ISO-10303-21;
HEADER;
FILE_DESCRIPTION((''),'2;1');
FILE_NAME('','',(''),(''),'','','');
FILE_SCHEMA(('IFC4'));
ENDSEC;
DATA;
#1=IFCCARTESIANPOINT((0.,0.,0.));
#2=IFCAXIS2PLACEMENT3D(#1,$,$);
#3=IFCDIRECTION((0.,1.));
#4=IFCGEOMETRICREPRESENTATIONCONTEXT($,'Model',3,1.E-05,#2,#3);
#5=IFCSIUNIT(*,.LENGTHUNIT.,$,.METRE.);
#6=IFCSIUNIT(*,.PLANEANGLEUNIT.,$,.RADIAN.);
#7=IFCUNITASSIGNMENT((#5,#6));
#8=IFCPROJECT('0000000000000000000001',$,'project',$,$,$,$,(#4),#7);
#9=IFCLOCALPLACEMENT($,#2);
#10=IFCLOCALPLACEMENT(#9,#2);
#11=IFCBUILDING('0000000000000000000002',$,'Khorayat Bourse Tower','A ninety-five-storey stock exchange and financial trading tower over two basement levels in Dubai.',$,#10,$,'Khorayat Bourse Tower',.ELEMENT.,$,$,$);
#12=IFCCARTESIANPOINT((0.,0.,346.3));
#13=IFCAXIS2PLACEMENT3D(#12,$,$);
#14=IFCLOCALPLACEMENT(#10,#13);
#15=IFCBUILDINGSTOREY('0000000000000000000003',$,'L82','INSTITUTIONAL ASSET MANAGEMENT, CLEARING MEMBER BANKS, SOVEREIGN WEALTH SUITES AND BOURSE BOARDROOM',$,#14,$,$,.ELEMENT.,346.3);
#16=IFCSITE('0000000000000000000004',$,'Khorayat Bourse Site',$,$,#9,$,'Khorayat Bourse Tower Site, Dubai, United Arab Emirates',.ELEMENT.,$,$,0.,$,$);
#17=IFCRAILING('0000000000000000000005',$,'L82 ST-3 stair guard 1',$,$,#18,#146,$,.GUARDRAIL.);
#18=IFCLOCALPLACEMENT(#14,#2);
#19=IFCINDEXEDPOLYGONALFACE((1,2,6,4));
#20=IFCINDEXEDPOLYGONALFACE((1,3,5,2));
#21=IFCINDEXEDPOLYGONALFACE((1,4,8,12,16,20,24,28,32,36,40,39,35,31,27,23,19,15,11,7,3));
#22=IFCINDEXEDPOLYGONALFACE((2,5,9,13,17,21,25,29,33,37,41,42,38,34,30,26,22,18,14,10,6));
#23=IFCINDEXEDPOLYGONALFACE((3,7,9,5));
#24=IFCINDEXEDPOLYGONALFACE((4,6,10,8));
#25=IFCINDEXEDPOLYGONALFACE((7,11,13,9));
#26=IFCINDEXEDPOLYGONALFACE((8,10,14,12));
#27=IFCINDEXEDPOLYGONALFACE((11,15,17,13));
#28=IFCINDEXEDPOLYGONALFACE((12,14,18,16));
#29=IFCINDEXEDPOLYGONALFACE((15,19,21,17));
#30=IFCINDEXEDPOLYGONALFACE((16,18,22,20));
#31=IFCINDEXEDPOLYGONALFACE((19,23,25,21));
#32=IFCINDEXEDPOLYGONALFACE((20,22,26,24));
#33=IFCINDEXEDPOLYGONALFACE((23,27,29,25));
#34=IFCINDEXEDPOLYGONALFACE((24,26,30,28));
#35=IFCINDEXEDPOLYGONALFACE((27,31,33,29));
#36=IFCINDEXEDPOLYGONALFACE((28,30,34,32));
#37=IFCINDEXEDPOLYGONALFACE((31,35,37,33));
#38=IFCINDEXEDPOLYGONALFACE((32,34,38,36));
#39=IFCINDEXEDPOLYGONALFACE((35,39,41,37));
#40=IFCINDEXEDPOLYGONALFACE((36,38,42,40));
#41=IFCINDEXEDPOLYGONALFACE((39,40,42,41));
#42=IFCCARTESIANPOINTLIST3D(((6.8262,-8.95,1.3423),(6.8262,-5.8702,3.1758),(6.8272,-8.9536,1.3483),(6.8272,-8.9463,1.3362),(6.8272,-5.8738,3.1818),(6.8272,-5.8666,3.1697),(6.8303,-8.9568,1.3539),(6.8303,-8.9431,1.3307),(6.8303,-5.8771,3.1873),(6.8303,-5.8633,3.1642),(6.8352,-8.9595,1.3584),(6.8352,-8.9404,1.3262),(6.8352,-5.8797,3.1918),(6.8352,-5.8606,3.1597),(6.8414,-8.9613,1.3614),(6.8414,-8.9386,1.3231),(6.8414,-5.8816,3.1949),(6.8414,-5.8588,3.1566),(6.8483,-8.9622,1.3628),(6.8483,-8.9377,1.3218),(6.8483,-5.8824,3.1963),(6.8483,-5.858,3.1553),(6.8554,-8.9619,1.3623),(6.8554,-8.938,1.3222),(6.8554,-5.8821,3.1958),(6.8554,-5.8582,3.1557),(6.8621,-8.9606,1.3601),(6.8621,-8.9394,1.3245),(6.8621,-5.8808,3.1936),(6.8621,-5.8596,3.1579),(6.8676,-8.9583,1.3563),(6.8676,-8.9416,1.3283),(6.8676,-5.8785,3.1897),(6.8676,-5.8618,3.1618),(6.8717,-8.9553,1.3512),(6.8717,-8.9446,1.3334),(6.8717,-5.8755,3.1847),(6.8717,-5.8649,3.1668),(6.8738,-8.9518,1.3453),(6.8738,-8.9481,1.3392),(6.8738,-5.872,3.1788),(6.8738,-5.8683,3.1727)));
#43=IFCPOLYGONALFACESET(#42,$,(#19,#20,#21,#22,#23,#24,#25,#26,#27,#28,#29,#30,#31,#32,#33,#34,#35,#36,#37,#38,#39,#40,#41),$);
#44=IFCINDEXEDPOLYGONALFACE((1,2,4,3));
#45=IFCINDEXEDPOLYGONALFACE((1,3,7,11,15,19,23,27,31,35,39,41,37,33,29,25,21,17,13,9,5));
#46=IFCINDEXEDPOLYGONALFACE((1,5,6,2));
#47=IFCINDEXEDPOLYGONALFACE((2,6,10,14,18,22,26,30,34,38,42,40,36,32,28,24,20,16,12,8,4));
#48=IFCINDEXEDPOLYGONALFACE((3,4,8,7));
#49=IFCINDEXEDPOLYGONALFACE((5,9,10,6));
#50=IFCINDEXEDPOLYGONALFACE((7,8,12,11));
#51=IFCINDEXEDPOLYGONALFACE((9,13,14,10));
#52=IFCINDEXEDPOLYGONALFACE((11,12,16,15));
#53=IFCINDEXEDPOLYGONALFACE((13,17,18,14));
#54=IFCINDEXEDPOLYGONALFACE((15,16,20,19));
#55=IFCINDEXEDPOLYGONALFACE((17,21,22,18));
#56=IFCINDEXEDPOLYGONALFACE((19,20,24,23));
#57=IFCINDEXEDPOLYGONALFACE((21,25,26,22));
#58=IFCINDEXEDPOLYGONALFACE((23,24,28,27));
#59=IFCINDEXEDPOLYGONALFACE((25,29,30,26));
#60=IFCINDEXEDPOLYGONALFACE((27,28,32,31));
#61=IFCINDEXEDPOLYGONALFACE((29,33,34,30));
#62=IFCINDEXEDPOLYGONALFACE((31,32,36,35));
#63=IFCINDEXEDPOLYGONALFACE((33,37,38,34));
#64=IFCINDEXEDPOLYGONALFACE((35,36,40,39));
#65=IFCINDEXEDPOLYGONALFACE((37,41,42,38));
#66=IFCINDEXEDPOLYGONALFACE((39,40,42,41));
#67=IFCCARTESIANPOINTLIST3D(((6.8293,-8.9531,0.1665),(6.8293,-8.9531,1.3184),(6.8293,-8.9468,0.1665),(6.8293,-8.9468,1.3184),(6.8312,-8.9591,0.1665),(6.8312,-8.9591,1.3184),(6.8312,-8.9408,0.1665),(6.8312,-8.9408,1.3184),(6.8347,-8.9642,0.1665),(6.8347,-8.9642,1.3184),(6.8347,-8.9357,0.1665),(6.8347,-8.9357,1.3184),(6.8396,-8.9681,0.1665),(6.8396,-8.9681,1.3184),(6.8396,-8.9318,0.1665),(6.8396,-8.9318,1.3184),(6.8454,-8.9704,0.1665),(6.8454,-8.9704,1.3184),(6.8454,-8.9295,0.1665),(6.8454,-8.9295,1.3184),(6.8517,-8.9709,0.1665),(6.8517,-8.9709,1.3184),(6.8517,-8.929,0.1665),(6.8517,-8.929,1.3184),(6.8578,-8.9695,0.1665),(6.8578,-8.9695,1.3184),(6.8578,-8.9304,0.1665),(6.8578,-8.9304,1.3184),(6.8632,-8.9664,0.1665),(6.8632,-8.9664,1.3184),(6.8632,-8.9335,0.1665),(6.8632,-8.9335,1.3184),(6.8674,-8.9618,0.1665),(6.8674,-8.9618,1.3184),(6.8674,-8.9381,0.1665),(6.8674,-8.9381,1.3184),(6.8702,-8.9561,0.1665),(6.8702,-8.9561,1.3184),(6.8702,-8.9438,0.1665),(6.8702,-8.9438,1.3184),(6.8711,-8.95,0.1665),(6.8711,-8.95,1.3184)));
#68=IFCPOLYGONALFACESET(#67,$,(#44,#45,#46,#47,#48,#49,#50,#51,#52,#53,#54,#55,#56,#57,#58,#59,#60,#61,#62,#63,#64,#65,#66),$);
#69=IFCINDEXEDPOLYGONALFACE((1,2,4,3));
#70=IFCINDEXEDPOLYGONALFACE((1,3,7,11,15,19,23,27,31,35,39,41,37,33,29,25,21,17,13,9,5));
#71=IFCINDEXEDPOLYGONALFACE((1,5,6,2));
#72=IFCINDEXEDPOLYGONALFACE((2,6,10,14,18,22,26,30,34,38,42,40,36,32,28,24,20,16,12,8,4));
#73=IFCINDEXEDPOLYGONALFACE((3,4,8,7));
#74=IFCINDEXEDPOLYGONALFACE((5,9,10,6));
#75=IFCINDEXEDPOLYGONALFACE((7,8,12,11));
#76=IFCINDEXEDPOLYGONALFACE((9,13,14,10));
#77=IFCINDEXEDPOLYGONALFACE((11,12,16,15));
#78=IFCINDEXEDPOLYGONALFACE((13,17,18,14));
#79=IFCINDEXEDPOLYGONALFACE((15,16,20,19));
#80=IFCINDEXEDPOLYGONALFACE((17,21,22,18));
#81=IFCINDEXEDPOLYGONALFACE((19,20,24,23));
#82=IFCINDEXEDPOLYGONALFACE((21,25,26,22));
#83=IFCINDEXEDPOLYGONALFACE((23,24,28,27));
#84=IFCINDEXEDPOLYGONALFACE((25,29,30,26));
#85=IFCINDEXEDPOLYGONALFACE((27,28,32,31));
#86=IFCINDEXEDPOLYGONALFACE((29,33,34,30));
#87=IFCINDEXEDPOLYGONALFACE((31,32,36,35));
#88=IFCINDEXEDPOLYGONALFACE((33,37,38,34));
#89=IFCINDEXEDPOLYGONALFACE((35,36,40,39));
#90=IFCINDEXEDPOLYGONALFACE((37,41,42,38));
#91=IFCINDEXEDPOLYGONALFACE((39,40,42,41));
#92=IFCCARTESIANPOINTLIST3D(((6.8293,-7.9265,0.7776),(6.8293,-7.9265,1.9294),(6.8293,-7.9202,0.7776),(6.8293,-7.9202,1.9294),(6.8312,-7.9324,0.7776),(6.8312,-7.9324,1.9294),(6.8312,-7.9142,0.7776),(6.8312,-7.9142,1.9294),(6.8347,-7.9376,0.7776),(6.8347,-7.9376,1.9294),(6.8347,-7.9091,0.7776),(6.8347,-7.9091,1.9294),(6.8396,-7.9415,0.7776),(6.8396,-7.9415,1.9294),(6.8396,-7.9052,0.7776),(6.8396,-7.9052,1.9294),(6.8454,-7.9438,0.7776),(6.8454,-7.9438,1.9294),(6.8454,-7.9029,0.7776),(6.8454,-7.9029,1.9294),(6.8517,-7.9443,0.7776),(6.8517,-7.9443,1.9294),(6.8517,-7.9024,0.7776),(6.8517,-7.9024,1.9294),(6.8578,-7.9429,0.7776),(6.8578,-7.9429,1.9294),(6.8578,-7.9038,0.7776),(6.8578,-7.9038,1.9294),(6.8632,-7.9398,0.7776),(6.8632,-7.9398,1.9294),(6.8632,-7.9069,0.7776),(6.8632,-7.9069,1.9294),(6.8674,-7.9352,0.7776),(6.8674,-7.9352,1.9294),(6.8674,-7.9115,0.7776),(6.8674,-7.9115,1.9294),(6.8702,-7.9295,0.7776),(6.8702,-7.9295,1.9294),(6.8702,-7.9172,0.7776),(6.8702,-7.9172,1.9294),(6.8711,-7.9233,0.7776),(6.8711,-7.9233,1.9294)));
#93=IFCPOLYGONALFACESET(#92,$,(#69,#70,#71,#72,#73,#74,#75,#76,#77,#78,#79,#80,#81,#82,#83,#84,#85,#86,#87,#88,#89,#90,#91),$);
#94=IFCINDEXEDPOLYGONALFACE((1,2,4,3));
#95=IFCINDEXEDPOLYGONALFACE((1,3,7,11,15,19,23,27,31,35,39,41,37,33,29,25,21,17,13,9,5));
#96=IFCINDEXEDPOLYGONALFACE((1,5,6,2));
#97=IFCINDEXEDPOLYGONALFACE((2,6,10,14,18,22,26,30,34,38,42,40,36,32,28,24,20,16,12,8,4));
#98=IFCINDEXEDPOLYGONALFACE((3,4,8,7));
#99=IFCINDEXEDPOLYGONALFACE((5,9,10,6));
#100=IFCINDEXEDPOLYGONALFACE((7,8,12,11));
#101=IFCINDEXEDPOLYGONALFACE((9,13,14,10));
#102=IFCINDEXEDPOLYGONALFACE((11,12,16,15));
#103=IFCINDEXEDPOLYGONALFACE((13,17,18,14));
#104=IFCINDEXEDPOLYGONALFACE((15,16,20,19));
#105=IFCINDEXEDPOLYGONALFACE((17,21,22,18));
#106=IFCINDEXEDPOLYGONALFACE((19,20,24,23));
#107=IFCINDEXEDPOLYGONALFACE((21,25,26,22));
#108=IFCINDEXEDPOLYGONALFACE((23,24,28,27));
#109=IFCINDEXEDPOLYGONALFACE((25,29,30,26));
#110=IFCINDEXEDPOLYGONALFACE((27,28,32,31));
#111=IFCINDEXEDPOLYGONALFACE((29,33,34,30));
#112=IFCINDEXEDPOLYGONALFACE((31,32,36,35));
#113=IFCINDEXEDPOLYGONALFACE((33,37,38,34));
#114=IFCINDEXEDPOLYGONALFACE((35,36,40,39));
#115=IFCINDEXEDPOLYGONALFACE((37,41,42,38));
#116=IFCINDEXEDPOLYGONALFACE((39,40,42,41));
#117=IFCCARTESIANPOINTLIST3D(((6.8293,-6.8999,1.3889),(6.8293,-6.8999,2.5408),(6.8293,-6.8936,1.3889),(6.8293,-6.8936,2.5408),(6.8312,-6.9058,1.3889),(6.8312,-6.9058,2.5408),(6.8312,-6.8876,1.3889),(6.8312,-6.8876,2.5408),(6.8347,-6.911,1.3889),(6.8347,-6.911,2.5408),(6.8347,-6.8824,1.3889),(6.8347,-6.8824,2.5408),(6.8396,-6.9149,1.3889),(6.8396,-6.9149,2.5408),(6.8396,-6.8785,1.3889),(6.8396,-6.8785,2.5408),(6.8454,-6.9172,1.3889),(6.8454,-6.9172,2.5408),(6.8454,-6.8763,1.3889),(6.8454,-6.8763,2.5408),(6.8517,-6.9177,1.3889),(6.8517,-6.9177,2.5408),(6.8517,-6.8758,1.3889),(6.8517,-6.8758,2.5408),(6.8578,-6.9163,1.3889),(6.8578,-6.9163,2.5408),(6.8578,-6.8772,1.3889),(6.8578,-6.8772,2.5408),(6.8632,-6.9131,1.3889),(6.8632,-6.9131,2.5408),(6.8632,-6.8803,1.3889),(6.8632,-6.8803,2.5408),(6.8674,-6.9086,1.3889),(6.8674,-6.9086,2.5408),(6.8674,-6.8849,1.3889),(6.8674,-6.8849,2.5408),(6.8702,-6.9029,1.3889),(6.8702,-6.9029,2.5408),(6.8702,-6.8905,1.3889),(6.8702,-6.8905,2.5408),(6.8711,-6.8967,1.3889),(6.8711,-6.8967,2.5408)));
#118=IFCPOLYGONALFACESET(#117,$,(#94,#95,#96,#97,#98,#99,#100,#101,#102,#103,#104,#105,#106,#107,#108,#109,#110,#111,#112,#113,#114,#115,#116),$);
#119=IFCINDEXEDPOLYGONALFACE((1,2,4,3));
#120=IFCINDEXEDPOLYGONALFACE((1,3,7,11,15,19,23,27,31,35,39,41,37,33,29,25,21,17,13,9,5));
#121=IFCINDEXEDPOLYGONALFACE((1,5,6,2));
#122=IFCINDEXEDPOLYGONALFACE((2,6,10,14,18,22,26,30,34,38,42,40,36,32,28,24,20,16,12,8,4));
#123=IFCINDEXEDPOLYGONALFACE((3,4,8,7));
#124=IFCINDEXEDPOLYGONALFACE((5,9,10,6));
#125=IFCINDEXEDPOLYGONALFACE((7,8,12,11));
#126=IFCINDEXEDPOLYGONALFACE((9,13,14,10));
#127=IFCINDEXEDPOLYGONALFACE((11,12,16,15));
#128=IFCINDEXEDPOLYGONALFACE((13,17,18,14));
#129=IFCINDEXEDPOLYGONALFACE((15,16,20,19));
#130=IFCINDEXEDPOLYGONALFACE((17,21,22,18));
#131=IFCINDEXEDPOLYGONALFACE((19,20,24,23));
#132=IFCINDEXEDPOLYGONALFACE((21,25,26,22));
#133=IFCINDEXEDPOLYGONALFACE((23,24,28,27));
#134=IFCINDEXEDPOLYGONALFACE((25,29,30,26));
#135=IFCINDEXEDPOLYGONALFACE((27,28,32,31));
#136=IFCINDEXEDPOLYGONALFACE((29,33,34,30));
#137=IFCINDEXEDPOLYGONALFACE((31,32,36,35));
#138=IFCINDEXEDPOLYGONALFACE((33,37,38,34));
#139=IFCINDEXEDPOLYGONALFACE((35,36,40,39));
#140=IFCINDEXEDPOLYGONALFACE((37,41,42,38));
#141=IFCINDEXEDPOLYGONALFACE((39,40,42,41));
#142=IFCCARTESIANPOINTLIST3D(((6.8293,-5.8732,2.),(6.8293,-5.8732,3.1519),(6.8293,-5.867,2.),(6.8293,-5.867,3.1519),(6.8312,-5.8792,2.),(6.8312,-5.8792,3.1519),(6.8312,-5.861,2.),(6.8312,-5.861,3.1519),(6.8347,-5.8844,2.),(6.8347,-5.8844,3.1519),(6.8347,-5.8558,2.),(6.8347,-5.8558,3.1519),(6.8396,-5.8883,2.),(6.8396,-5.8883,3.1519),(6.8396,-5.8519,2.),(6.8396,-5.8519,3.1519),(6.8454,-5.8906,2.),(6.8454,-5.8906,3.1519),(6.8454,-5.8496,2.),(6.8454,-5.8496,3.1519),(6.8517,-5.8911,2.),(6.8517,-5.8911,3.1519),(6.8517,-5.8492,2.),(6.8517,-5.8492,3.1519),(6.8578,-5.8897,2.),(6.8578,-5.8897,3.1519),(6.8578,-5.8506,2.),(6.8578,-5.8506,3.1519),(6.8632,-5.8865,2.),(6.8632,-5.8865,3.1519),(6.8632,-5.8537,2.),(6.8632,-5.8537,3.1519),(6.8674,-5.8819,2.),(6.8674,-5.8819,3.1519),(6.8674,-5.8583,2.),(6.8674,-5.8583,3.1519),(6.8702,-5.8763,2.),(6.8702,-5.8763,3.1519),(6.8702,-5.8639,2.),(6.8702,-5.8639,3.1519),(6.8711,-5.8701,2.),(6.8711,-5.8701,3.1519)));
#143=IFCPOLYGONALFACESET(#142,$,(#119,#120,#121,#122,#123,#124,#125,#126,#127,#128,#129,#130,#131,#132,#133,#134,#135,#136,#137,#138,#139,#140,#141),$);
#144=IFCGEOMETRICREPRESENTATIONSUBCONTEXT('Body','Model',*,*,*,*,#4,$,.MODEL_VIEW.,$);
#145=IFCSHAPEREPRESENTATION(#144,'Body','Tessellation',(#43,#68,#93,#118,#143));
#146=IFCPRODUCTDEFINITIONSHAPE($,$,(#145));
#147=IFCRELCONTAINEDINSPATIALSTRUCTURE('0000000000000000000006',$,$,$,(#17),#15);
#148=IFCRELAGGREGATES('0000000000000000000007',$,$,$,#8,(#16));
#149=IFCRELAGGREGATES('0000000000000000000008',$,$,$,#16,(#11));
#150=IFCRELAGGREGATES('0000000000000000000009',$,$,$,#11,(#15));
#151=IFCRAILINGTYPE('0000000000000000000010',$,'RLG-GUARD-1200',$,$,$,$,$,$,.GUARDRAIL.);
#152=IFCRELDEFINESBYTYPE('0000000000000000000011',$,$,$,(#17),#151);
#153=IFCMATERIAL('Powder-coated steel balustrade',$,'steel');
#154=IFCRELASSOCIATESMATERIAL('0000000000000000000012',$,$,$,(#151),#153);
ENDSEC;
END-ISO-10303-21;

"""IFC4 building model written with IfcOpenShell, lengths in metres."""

from ifc_helpers import new_model, si_unit, direction, frame, origin, origin_2d, place, context, subcontext, project, spatial, circle, extrude, source, transform, mapped, material, type_object, element, save


model = new_model("IFC4")

# Units and contexts
model_context = context("Model", 3, precision=1e-05, world=origin(), true_north=direction((0.0, 1.0)))
body_context = subcontext(model_context, "Body", "Model", "MODEL_VIEW")
ifc_project = project(units=[si_unit("LENGTHUNIT", "METRE"), si_unit("PLANEANGLEUNIT", "RADIAN")], contexts=[model_context])

# Site, building, storey
site_placement = place(None, origin())
site = spatial("IfcSite", under=ifc_project, at=site_placement, Name="Khorayat Bourse Site", LongName="Khorayat Bourse Tower Site, Dubai, United Arab Emirates", CompositionType="ELEMENT", RefElevation=0.0)
building_placement = place(site_placement, origin())
building = spatial("IfcBuilding", under=site, at=building_placement, Name="Khorayat Bourse Tower", Description="A ninety-five-storey stock exchange and financial trading tower over two basement levels in Dubai.", LongName="Khorayat Bourse Tower", CompositionType="ELEMENT")
storey_placement = place(building_placement, frame((0.0, 0.0, 346.3)))
storey = spatial("IfcBuildingStorey", under=building, at=storey_placement, Name="L82", Description="INSTITUTIONAL ASSET MANAGEMENT, CLEARING MEMBER BANKS, SOVEREIGN WEALTH SUITES AND BOURSE BOARDROOM", CompositionType="ELEMENT", Elevation=346.3)

# Railing
ifc_material_1 = material(Name="Powder-coated steel balustrade", Category="steel")
railing_type_1 = type_object("IfcRailingType", Name="RLG-GUARD-1200", PredefinedType="GUARDRAIL", material=ifc_material_1)
shared_shape_1 = source(origin(), body_context, "Body", "SweptSolid", [
    extrude(circle(Radius=0.0239, at=origin_2d()), frame((0.0, 0.0, 1.1758), z_axis=(0.0, 0.859261, 0.511538), x_axis=(-1.0, 0.0, 0.0)), (0.0, 0.0, 1.0), 3.5842),
    extrude(circle(Radius=0.021, at=origin_2d()), origin(), (0.0, 0.0, 1.0), 1.1519),
    extrude(circle(Radius=0.021, at=origin_2d()), frame((0.0, 1.0266, 0.6111)), (0.0, 0.0, 1.0), 1.1519),
    extrude(circle(Radius=0.021, at=origin_2d()), frame((0.0, 2.0532, 1.2224)), (0.0, 0.0, 1.0), 1.1519),
    extrude(circle(Radius=0.021, at=origin_2d()), frame((0.0, 3.0798, 1.8335)), (0.0, 0.0, 1.0), 1.1519),
])
railing_1_placement = place(storey_placement, frame((6.8501, -8.95, 0.1665)))
element("IfcRailing", 1, at=railing_1_placement, inside=storey, type_object=railing_type_1, Name="L82 ST-3 stair guard 1", PredefinedType="GUARDRAIL", context=body_context, shape_type="MappedRepresentation", body=[
    mapped(shared_shape_1, transform((0.0, 0.0, 0.0), scale=1.0)),
])

save(model, "model.ifc")
